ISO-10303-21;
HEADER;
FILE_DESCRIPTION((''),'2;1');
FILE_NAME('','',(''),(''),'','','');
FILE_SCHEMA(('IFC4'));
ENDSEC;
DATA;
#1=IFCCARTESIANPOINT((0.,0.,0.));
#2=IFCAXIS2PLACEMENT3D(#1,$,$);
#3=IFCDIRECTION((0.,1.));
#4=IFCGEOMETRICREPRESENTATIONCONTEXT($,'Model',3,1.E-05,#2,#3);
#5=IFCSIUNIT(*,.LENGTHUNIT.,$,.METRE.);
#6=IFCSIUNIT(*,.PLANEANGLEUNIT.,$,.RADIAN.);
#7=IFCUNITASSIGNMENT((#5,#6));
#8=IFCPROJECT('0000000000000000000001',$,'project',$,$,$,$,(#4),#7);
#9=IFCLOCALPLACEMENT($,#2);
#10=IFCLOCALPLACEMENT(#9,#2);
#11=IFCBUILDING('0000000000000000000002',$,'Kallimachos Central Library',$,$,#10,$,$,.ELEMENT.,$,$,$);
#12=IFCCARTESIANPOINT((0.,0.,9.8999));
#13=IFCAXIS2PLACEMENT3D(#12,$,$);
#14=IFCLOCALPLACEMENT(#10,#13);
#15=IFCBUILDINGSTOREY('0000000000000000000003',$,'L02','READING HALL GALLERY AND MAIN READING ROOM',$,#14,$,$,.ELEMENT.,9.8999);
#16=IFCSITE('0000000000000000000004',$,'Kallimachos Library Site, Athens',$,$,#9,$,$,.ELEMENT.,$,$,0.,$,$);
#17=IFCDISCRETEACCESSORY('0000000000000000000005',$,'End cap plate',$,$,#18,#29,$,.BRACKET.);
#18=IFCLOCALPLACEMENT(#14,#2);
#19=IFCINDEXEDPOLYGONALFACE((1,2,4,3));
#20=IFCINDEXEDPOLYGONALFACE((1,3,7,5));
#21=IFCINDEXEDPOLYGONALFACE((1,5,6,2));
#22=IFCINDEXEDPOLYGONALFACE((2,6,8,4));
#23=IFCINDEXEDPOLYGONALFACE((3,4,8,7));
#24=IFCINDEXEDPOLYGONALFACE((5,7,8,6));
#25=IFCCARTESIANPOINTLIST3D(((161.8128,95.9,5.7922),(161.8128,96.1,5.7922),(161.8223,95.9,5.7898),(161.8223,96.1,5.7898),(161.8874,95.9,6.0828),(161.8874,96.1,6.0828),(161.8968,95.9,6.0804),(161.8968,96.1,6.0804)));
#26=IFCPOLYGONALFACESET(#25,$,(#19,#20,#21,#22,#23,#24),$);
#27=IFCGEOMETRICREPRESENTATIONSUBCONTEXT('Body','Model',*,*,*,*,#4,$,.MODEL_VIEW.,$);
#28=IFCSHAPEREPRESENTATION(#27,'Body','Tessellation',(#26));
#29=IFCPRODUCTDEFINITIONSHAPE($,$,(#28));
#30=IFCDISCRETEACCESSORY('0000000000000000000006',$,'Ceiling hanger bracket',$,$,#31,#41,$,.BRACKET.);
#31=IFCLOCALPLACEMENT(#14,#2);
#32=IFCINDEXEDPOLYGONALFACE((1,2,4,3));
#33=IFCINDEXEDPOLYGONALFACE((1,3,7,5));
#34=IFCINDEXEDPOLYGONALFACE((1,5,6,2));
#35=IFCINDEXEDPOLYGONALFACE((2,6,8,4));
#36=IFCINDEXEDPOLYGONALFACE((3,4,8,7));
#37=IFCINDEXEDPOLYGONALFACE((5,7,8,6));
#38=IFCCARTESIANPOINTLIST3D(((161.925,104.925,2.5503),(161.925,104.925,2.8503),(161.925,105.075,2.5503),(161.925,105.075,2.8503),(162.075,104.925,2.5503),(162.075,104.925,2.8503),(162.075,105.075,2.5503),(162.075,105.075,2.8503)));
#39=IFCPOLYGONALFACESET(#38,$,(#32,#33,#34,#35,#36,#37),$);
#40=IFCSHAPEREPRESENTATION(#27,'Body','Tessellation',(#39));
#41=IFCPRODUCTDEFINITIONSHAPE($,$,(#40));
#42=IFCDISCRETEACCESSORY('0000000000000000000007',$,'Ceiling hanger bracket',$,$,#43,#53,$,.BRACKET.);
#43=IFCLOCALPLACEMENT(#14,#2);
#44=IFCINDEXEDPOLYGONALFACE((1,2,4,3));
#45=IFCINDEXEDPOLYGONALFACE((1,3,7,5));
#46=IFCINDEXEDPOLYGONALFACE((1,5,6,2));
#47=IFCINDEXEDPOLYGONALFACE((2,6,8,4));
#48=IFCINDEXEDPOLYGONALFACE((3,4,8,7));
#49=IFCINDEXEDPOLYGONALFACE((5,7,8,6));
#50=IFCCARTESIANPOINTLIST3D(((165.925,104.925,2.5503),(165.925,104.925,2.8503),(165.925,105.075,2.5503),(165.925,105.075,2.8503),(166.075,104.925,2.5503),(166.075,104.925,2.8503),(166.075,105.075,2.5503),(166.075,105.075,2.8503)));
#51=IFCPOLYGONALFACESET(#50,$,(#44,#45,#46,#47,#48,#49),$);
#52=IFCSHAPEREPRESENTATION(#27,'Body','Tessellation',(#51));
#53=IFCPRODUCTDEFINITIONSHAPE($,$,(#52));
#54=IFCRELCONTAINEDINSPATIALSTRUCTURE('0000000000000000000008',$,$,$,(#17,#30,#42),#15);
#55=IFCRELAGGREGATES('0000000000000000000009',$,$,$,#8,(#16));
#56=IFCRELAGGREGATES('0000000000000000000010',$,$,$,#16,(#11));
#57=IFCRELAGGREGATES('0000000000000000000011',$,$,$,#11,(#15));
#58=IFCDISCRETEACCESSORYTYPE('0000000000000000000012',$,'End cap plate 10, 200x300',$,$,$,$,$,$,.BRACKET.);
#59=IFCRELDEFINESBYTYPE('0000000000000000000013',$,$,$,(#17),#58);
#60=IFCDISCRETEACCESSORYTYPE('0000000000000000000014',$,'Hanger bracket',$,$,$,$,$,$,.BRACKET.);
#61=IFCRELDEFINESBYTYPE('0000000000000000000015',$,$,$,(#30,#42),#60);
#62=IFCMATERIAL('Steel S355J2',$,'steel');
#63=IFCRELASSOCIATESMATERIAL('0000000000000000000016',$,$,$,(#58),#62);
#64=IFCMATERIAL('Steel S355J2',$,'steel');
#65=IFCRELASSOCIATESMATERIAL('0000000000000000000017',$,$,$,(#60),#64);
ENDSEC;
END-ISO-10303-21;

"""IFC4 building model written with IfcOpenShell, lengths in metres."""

from ifc_helpers import new_model, si_unit, direction, frame, origin, origin_2d, place, context, subcontext, project, spatial, rectangle, extrude, material, material_profile, profile_set, type_object, element, save


model = new_model("IFC4")

# Units and contexts
model_context = context("Model", 3, precision=1e-05, world=origin(), true_north=direction((0.0, 1.0)))
body_context = subcontext(model_context, "Body", "Model", "MODEL_VIEW")
ifc_project = project(units=[si_unit("LENGTHUNIT", "METRE"), si_unit("PLANEANGLEUNIT", "RADIAN")], contexts=[model_context])

# Site, building, storey
site_placement = place(None, origin())
site = spatial("IfcSite", under=ifc_project, at=site_placement, Name="Kallimachos Library Site, Athens", CompositionType="ELEMENT", RefElevation=0.0)
building_placement = place(site_placement, origin())
building = spatial("IfcBuilding", under=site, at=building_placement, Name="Kallimachos Central Library", CompositionType="ELEMENT")
storey_placement = place(building_placement, frame((0.0, 0.0, 9.8999)))
storey = spatial("IfcBuildingStorey", under=building, at=storey_placement, Name="L02", Description="READING HALL GALLERY AND MAIN READING ROOM", CompositionType="ELEMENT", Elevation=9.8999)

# Discrete accessories
ifc_material_1 = material(Name="Steel S355J2", Category="steel")
ifc_material_profile_1 = material_profile(ifc_material_1, rectangle(XDim=0.2, YDim=0.3, at=origin_2d()), Name="End cap plate 10, 200x300")
ifc_profile_set_1 = profile_set([ifc_material_profile_1], Name="Steel S355J2")
discrete_accessory_type_1 = type_object("IfcDiscreteAccessoryType", Name="End cap plate 10, 200x300", PredefinedType="BRACKET", material=ifc_profile_set_1)
discrete_accessory_1_placement = place(storey_placement, frame((161.8501, 96.0, 5.9375), z_axis=(0.968664, 0.0, -0.248375), x_axis=(0.0, 1.0, 0.0)))
element("IfcDiscreteAccessory", 1, at=discrete_accessory_1_placement, inside=storey, type_object=discrete_accessory_type_1, Name="End cap plate", PredefinedType="BRACKET", context=body_context, shape_type="SweptSolid", body=[
    extrude(rectangle(XDim=0.2, YDim=0.3, at=origin_2d()), origin(), (0.0, 0.0, 1.0), 0.0098),
])
ifc_material_2 = material(Name="Steel S355J2", Category="steel")
discrete_accessory_type_2 = type_object("IfcDiscreteAccessoryType", Name="Hanger bracket", PredefinedType="BRACKET", material=ifc_material_2)
for number, where, z_axis, x_axis, name in (
    (2, (162.0, 105.0, 2.5503), (0.0, 0.0, 1.0), (1.0, 0.0, 0.0), "Ceiling hanger bracket"),
    (3, (166.0, 105.0, 2.5503), (0.0, 0.0, 1.0), (1.0, 0.0, 0.0), "Ceiling hanger bracket"),
):
    element("IfcDiscreteAccessory", number, at=place(storey_placement, frame(where, z_axis=z_axis, x_axis=x_axis)), inside=storey, type_object=discrete_accessory_type_2, Name=name, PredefinedType="BRACKET", context=body_context, shape_type="SweptSolid", body=[
        extrude(rectangle(XDim=0.1499, YDim=0.1499, at=origin_2d()), origin(), (0.0, 0.0, 1.0), 0.3),
    ])

save(model, "model.ifc")
